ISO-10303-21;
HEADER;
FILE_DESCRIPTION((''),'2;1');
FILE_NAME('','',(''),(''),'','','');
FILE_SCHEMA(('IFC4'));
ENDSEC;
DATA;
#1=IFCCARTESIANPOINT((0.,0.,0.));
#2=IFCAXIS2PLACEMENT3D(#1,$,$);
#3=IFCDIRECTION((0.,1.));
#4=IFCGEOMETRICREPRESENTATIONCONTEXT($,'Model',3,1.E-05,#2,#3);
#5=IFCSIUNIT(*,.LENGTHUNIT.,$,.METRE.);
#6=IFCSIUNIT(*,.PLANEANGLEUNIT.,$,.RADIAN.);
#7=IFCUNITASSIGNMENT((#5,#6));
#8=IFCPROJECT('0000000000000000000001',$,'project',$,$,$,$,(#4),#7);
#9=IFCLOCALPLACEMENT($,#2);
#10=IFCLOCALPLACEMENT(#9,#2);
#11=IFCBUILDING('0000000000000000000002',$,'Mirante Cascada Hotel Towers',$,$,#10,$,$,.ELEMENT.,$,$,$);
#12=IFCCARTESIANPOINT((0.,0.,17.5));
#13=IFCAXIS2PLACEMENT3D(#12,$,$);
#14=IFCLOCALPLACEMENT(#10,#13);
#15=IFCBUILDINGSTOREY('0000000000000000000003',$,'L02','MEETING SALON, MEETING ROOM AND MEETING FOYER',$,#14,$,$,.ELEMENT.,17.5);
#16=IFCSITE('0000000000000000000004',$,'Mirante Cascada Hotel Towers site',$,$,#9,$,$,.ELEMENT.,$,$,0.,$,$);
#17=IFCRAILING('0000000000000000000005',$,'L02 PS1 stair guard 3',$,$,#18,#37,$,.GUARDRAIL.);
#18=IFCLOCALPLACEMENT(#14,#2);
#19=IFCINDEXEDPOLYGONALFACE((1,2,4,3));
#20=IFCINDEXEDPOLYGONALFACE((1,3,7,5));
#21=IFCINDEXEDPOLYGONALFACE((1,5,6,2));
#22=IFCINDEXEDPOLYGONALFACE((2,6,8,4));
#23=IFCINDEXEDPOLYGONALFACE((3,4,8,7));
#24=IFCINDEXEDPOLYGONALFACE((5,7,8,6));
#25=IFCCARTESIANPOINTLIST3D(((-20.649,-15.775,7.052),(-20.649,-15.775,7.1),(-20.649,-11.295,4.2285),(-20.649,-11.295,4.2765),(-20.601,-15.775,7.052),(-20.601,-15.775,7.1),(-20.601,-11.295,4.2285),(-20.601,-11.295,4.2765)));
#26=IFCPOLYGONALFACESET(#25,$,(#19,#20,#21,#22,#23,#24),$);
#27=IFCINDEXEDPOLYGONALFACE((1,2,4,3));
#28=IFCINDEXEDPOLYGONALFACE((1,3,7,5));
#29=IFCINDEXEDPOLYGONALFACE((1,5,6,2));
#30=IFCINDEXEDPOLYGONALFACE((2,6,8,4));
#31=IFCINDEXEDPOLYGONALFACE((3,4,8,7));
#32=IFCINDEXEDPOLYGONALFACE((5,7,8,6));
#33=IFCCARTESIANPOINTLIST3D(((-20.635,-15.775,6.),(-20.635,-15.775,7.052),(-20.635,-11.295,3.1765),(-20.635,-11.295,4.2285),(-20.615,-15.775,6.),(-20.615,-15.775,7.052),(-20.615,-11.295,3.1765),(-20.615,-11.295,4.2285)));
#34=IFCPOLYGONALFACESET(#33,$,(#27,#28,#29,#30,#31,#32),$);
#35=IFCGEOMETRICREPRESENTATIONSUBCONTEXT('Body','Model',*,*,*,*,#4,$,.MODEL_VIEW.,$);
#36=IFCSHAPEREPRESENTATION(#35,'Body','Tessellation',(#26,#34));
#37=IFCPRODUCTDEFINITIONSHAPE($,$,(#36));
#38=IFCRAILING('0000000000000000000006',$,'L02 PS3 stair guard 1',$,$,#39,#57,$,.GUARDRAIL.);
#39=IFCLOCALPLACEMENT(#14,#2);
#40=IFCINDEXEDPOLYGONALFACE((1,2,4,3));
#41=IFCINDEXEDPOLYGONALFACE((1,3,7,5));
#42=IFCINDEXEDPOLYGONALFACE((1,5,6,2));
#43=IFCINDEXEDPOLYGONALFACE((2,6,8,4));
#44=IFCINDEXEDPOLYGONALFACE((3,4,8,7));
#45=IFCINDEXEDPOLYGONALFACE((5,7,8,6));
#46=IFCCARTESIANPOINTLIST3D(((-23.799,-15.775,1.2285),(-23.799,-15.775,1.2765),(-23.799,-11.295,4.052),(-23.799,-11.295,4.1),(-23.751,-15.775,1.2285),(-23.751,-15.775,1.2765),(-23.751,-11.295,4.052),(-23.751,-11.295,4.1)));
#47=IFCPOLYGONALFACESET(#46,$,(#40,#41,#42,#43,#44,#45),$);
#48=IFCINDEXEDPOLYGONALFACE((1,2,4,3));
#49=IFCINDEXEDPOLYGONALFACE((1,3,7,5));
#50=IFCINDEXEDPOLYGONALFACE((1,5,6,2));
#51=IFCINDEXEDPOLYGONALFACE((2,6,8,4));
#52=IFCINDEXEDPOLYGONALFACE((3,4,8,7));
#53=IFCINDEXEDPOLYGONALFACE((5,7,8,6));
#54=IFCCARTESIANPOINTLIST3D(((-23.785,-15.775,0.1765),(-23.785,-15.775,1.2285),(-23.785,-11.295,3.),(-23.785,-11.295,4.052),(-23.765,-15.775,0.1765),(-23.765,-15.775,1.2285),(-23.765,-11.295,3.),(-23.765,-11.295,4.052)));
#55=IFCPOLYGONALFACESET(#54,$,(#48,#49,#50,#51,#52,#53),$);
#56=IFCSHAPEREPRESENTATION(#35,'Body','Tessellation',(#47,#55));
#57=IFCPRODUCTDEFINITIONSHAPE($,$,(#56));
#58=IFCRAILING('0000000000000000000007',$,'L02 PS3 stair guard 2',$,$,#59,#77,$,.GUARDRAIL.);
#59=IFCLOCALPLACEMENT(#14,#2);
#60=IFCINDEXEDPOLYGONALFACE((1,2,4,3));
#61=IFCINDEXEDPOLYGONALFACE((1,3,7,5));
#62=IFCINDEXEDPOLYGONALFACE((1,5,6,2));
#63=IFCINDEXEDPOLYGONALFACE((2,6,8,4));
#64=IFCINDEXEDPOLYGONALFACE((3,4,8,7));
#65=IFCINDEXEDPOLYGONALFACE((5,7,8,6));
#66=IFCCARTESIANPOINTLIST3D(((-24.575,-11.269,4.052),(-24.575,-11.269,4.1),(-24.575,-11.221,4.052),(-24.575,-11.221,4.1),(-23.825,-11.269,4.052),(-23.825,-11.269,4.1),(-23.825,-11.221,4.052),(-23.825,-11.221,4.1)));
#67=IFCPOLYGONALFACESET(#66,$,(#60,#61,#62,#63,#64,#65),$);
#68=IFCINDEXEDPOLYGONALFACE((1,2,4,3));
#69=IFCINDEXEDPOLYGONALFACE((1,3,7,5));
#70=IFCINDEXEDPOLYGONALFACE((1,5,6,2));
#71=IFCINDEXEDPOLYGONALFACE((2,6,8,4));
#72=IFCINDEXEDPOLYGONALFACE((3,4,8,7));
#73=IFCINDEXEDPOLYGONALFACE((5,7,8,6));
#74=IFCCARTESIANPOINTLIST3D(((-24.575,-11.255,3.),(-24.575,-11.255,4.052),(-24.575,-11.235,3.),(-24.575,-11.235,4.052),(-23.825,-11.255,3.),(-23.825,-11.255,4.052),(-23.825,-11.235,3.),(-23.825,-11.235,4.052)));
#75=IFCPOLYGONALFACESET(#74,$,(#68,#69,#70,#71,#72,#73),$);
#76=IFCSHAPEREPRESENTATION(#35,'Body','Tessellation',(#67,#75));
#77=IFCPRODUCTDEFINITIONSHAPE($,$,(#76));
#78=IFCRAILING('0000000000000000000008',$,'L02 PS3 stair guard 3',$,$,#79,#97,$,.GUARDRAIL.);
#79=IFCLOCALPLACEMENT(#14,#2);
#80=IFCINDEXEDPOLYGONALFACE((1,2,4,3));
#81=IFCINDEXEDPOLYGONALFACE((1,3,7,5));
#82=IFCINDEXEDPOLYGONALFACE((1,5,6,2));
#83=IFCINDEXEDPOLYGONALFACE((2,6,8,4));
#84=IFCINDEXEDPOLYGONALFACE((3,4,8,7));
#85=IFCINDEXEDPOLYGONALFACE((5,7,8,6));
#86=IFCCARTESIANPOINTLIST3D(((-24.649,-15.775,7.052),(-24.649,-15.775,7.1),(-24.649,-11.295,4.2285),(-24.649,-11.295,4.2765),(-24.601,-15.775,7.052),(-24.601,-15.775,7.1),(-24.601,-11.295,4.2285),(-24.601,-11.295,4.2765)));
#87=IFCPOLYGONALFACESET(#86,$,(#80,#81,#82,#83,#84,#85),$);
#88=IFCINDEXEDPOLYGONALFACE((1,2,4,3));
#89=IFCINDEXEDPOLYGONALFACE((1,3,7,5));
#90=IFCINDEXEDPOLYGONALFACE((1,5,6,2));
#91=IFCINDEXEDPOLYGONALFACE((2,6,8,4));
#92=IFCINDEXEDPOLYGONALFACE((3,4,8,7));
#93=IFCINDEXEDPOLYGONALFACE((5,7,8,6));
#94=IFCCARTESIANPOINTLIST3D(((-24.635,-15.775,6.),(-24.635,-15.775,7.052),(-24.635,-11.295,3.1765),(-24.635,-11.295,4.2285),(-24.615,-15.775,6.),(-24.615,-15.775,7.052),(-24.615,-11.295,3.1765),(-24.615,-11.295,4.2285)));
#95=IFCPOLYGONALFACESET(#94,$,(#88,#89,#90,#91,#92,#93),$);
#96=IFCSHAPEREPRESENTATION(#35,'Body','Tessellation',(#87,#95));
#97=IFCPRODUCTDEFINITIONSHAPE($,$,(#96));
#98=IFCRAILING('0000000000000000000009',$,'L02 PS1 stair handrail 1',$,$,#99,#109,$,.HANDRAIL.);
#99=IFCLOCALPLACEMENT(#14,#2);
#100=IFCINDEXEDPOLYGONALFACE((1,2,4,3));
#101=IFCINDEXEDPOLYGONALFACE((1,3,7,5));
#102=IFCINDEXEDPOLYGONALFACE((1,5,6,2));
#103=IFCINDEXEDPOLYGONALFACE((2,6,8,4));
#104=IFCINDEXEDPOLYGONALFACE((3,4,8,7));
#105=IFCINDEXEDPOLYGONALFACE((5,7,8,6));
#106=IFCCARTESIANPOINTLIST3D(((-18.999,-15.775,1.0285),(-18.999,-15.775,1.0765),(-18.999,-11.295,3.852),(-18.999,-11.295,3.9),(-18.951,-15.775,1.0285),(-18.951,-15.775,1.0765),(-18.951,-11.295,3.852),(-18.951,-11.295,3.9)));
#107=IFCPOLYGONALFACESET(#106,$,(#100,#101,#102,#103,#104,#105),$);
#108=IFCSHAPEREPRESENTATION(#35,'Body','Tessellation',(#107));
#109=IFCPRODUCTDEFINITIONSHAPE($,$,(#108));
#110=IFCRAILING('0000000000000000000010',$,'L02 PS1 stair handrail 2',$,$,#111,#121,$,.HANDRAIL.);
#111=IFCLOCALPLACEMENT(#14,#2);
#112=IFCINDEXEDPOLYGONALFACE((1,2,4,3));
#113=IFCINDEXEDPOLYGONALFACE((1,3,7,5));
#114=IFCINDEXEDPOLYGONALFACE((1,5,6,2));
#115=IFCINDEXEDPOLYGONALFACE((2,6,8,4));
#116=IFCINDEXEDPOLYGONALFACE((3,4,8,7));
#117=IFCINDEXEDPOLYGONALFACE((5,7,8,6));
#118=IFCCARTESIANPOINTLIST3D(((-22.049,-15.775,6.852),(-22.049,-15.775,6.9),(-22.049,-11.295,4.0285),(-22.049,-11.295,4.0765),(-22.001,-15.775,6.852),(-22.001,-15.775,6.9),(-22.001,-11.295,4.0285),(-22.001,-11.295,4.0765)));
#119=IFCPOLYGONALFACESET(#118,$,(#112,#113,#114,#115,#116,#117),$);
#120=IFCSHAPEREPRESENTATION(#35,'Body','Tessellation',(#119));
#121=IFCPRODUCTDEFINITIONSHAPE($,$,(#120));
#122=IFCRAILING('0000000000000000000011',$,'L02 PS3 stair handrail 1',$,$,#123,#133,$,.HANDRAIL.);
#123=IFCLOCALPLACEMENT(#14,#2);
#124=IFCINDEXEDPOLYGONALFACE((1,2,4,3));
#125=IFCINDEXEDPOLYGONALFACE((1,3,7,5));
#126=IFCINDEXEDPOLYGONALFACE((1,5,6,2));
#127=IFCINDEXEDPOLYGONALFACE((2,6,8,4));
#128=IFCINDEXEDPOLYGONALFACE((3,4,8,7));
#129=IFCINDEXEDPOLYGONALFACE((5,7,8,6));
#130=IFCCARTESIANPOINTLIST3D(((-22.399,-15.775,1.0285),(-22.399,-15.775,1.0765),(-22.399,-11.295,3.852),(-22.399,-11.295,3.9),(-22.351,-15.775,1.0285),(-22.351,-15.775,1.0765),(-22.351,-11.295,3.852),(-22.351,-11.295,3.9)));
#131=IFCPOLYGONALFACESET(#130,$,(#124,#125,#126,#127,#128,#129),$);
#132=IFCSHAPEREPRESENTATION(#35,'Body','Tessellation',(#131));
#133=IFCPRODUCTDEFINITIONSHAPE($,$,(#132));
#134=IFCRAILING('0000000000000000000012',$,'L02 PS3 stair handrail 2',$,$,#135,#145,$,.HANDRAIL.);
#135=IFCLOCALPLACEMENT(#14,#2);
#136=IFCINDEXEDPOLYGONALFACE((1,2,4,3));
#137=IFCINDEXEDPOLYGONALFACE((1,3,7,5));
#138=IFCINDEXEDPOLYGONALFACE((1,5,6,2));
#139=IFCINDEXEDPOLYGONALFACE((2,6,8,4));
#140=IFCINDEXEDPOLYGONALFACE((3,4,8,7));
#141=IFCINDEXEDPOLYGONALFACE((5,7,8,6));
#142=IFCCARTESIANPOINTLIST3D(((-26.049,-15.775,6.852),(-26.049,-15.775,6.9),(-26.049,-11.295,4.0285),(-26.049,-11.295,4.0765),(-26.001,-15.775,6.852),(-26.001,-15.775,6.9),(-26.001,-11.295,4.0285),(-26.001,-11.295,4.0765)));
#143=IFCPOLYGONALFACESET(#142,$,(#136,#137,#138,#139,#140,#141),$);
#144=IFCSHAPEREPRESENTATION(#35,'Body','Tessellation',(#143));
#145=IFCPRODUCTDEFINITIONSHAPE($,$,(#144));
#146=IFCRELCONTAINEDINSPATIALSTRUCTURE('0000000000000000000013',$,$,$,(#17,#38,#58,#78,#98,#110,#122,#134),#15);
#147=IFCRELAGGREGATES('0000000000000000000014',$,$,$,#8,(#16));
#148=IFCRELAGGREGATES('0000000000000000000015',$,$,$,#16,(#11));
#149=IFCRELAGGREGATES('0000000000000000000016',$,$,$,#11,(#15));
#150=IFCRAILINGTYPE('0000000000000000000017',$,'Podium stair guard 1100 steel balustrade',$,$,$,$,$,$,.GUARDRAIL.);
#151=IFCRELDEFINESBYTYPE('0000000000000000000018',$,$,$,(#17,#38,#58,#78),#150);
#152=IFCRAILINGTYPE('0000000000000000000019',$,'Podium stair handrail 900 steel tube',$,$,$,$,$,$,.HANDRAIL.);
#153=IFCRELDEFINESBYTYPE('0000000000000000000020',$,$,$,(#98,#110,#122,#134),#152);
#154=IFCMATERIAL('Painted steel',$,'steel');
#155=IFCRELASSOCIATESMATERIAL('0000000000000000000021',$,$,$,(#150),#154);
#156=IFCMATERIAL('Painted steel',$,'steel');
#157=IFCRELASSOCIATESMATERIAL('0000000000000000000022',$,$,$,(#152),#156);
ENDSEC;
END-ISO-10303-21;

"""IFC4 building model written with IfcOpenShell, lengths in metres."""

from ifc_helpers import new_model, si_unit, direction, frame, origin, origin_2d, place, context, subcontext, project, spatial, rectangle, extrude, material, type_object, element, save


model = new_model("IFC4")

# Units and contexts
model_context = context("Model", 3, precision=1e-05, world=origin(), true_north=direction((0.0, 1.0)))
body_context = subcontext(model_context, "Body", "Model", "MODEL_VIEW")
ifc_project = project(units=[si_unit("LENGTHUNIT", "METRE"), si_unit("PLANEANGLEUNIT", "RADIAN")], contexts=[model_context])

# Site, building, storey
site_placement = place(None, origin())
site = spatial("IfcSite", under=ifc_project, at=site_placement, Name="Mirante Cascada Hotel Towers site", CompositionType="ELEMENT", RefElevation=0.0)
building_placement = place(site_placement, origin())
building = spatial("IfcBuilding", under=site, at=building_placement, Name="Mirante Cascada Hotel Towers", CompositionType="ELEMENT")
storey_placement = place(building_placement, frame((0.0, 0.0, 17.5)))
storey = spatial("IfcBuildingStorey", under=building, at=storey_placement, Name="L02", Description="MEETING SALON, MEETING ROOM AND MEETING FOYER", CompositionType="ELEMENT", Elevation=17.5)

# Railings
ifc_material_1 = material(Name="Painted steel", Category="steel")
railing_type_1 = type_object("IfcRailingType", Name="Podium stair guard 1100 steel balustrade", PredefinedType="GUARDRAIL", material=ifc_material_1)
railing_1_placement = place(storey_placement, frame((-20.625, -11.295, 3.1765)))
element("IfcRailing", 1, at=railing_1_placement, inside=storey, type_object=railing_type_1, Name="L02 PS1 stair guard 3", PredefinedType="GUARDRAIL", context=body_context, shape_type="SweptSolid", body=[
    extrude(rectangle(XDim=0.048, YDim=0.048, at=origin_2d()), frame((0.0, 0.0, 1.076), z_axis=(0.0, -1.0, 0.0), x_axis=(1.0, 0.0, 0.0)), (0.0, 0.533186, 0.845998), 5.2955),
    extrude(rectangle(XDim=0.02, YDim=1.052, at=origin_2d()), frame((0.0, 0.0, 0.526), z_axis=(0.0, -1.0, 0.0), x_axis=(1.0, 0.0, 0.0)), (0.0, 0.533186, 0.845998), 5.2955),
])
railing_2_placement = place(storey_placement, frame((-23.775, -15.775, 0.1765)))
element("IfcRailing", 2, at=railing_2_placement, inside=storey, type_object=railing_type_1, Name="L02 PS3 stair guard 1", PredefinedType="GUARDRAIL", context=body_context, shape_type="SweptSolid", body=[
    extrude(rectangle(XDim=0.048, YDim=0.048, at=origin_2d()), frame((0.0, 0.0, 1.076), z_axis=(0.0, 1.0, 0.0), x_axis=(-1.0, 0.0, 0.0)), (0.0, 0.533186, 0.845998), 5.2955),
    extrude(rectangle(XDim=0.02, YDim=1.052, at=origin_2d()), frame((0.0, 0.0, 0.526), z_axis=(0.0, 1.0, 0.0), x_axis=(-1.0, 0.0, 0.0)), (0.0, 0.533186, 0.845998), 5.2955),
])
railing_3_placement = place(storey_placement, frame((-23.825, -11.245, 3.0)))
element("IfcRailing", 3, at=railing_3_placement, inside=storey, type_object=railing_type_1, Name="L02 PS3 stair guard 2", PredefinedType="GUARDRAIL", context=body_context, shape_type="SweptSolid", body=[
    extrude(rectangle(XDim=0.048, YDim=0.048, at=origin_2d()), frame((0.0, 0.0, 1.076), z_axis=(-1.0, 0.0, 0.0), x_axis=(0.0, -1.0, 0.0)), (0.0, 0.0, 1.0), 0.75),
    extrude(rectangle(XDim=0.02, YDim=1.052, at=origin_2d()), frame((0.0, 0.0, 0.526), z_axis=(-1.0, 0.0, 0.0), x_axis=(0.0, -1.0, 0.0)), (0.0, 0.0, 1.0), 0.75),
])
railing_4_placement = place(storey_placement, frame((-24.625, -11.295, 3.1765)))
element("IfcRailing", 4, at=railing_4_placement, inside=storey, type_object=railing_type_1, Name="L02 PS3 stair guard 3", PredefinedType="GUARDRAIL", context=body_context, shape_type="SweptSolid", body=[
    extrude(rectangle(XDim=0.048, YDim=0.048, at=origin_2d()), frame((0.0, 0.0, 1.076), z_axis=(0.0, -1.0, 0.0), x_axis=(1.0, 0.0, 0.0)), (0.0, 0.533186, 0.845998), 5.2955),
    extrude(rectangle(XDim=0.02, YDim=1.052, at=origin_2d()), frame((0.0, 0.0, 0.526), z_axis=(0.0, -1.0, 0.0), x_axis=(1.0, 0.0, 0.0)), (0.0, 0.533186, 0.845998), 5.2955),
])
ifc_material_2 = material(Name="Painted steel", Category="steel")
railing_type_2 = type_object("IfcRailingType", Name="Podium stair handrail 900 steel tube", PredefinedType="HANDRAIL", material=ifc_material_2)
railing_5_placement = place(storey_placement, frame((-18.975, -15.775, 0.1765)))
element("IfcRailing", 5, at=railing_5_placement, inside=storey, type_object=railing_type_2, Name="L02 PS1 stair handrail 1", PredefinedType="HANDRAIL", context=body_context, shape_type="SweptSolid", body=[
    extrude(rectangle(XDim=0.048, YDim=0.048, at=origin_2d()), frame((0.0, 0.0, 0.876), z_axis=(0.0, 1.0, 0.0), x_axis=(-1.0, 0.0, 0.0)), (0.0, 0.533186, 0.845998), 5.2955),
])
railing_6_placement = place(storey_placement, frame((-22.025, -11.295, 3.1765)))
element("IfcRailing", 6, at=railing_6_placement, inside=storey, type_object=railing_type_2, Name="L02 PS1 stair handrail 2", PredefinedType="HANDRAIL", context=body_context, shape_type="SweptSolid", body=[
    extrude(rectangle(XDim=0.048, YDim=0.048, at=origin_2d()), frame((0.0, 0.0, 0.876), z_axis=(0.0, -1.0, 0.0), x_axis=(1.0, 0.0, 0.0)), (0.0, 0.533186, 0.845998), 5.2955),
])
railing_7_placement = place(storey_placement, frame((-22.375, -15.775, 0.1765)))
element("IfcRailing", 7, at=railing_7_placement, inside=storey, type_object=railing_type_2, Name="L02 PS3 stair handrail 1", PredefinedType="HANDRAIL", context=body_context, shape_type="SweptSolid", body=[
    extrude(rectangle(XDim=0.048, YDim=0.048, at=origin_2d()), frame((0.0, 0.0, 0.876), z_axis=(0.0, 1.0, 0.0), x_axis=(-1.0, 0.0, 0.0)), (0.0, 0.533186, 0.845998), 5.2955),
])
railing_8_placement = place(storey_placement, frame((-26.025, -11.295, 3.1765)))
element("IfcRailing", 8, at=railing_8_placement, inside=storey, type_object=railing_type_2, Name="L02 PS3 stair handrail 2", PredefinedType="HANDRAIL", context=body_context, shape_type="SweptSolid", body=[
    extrude(rectangle(XDim=0.048, YDim=0.048, at=origin_2d()), frame((0.0, 0.0, 0.876), z_axis=(0.0, -1.0, 0.0), x_axis=(1.0, 0.0, 0.0)), (0.0, 0.533186, 0.845998), 5.2955),
])

save(model, "model.ifc")
